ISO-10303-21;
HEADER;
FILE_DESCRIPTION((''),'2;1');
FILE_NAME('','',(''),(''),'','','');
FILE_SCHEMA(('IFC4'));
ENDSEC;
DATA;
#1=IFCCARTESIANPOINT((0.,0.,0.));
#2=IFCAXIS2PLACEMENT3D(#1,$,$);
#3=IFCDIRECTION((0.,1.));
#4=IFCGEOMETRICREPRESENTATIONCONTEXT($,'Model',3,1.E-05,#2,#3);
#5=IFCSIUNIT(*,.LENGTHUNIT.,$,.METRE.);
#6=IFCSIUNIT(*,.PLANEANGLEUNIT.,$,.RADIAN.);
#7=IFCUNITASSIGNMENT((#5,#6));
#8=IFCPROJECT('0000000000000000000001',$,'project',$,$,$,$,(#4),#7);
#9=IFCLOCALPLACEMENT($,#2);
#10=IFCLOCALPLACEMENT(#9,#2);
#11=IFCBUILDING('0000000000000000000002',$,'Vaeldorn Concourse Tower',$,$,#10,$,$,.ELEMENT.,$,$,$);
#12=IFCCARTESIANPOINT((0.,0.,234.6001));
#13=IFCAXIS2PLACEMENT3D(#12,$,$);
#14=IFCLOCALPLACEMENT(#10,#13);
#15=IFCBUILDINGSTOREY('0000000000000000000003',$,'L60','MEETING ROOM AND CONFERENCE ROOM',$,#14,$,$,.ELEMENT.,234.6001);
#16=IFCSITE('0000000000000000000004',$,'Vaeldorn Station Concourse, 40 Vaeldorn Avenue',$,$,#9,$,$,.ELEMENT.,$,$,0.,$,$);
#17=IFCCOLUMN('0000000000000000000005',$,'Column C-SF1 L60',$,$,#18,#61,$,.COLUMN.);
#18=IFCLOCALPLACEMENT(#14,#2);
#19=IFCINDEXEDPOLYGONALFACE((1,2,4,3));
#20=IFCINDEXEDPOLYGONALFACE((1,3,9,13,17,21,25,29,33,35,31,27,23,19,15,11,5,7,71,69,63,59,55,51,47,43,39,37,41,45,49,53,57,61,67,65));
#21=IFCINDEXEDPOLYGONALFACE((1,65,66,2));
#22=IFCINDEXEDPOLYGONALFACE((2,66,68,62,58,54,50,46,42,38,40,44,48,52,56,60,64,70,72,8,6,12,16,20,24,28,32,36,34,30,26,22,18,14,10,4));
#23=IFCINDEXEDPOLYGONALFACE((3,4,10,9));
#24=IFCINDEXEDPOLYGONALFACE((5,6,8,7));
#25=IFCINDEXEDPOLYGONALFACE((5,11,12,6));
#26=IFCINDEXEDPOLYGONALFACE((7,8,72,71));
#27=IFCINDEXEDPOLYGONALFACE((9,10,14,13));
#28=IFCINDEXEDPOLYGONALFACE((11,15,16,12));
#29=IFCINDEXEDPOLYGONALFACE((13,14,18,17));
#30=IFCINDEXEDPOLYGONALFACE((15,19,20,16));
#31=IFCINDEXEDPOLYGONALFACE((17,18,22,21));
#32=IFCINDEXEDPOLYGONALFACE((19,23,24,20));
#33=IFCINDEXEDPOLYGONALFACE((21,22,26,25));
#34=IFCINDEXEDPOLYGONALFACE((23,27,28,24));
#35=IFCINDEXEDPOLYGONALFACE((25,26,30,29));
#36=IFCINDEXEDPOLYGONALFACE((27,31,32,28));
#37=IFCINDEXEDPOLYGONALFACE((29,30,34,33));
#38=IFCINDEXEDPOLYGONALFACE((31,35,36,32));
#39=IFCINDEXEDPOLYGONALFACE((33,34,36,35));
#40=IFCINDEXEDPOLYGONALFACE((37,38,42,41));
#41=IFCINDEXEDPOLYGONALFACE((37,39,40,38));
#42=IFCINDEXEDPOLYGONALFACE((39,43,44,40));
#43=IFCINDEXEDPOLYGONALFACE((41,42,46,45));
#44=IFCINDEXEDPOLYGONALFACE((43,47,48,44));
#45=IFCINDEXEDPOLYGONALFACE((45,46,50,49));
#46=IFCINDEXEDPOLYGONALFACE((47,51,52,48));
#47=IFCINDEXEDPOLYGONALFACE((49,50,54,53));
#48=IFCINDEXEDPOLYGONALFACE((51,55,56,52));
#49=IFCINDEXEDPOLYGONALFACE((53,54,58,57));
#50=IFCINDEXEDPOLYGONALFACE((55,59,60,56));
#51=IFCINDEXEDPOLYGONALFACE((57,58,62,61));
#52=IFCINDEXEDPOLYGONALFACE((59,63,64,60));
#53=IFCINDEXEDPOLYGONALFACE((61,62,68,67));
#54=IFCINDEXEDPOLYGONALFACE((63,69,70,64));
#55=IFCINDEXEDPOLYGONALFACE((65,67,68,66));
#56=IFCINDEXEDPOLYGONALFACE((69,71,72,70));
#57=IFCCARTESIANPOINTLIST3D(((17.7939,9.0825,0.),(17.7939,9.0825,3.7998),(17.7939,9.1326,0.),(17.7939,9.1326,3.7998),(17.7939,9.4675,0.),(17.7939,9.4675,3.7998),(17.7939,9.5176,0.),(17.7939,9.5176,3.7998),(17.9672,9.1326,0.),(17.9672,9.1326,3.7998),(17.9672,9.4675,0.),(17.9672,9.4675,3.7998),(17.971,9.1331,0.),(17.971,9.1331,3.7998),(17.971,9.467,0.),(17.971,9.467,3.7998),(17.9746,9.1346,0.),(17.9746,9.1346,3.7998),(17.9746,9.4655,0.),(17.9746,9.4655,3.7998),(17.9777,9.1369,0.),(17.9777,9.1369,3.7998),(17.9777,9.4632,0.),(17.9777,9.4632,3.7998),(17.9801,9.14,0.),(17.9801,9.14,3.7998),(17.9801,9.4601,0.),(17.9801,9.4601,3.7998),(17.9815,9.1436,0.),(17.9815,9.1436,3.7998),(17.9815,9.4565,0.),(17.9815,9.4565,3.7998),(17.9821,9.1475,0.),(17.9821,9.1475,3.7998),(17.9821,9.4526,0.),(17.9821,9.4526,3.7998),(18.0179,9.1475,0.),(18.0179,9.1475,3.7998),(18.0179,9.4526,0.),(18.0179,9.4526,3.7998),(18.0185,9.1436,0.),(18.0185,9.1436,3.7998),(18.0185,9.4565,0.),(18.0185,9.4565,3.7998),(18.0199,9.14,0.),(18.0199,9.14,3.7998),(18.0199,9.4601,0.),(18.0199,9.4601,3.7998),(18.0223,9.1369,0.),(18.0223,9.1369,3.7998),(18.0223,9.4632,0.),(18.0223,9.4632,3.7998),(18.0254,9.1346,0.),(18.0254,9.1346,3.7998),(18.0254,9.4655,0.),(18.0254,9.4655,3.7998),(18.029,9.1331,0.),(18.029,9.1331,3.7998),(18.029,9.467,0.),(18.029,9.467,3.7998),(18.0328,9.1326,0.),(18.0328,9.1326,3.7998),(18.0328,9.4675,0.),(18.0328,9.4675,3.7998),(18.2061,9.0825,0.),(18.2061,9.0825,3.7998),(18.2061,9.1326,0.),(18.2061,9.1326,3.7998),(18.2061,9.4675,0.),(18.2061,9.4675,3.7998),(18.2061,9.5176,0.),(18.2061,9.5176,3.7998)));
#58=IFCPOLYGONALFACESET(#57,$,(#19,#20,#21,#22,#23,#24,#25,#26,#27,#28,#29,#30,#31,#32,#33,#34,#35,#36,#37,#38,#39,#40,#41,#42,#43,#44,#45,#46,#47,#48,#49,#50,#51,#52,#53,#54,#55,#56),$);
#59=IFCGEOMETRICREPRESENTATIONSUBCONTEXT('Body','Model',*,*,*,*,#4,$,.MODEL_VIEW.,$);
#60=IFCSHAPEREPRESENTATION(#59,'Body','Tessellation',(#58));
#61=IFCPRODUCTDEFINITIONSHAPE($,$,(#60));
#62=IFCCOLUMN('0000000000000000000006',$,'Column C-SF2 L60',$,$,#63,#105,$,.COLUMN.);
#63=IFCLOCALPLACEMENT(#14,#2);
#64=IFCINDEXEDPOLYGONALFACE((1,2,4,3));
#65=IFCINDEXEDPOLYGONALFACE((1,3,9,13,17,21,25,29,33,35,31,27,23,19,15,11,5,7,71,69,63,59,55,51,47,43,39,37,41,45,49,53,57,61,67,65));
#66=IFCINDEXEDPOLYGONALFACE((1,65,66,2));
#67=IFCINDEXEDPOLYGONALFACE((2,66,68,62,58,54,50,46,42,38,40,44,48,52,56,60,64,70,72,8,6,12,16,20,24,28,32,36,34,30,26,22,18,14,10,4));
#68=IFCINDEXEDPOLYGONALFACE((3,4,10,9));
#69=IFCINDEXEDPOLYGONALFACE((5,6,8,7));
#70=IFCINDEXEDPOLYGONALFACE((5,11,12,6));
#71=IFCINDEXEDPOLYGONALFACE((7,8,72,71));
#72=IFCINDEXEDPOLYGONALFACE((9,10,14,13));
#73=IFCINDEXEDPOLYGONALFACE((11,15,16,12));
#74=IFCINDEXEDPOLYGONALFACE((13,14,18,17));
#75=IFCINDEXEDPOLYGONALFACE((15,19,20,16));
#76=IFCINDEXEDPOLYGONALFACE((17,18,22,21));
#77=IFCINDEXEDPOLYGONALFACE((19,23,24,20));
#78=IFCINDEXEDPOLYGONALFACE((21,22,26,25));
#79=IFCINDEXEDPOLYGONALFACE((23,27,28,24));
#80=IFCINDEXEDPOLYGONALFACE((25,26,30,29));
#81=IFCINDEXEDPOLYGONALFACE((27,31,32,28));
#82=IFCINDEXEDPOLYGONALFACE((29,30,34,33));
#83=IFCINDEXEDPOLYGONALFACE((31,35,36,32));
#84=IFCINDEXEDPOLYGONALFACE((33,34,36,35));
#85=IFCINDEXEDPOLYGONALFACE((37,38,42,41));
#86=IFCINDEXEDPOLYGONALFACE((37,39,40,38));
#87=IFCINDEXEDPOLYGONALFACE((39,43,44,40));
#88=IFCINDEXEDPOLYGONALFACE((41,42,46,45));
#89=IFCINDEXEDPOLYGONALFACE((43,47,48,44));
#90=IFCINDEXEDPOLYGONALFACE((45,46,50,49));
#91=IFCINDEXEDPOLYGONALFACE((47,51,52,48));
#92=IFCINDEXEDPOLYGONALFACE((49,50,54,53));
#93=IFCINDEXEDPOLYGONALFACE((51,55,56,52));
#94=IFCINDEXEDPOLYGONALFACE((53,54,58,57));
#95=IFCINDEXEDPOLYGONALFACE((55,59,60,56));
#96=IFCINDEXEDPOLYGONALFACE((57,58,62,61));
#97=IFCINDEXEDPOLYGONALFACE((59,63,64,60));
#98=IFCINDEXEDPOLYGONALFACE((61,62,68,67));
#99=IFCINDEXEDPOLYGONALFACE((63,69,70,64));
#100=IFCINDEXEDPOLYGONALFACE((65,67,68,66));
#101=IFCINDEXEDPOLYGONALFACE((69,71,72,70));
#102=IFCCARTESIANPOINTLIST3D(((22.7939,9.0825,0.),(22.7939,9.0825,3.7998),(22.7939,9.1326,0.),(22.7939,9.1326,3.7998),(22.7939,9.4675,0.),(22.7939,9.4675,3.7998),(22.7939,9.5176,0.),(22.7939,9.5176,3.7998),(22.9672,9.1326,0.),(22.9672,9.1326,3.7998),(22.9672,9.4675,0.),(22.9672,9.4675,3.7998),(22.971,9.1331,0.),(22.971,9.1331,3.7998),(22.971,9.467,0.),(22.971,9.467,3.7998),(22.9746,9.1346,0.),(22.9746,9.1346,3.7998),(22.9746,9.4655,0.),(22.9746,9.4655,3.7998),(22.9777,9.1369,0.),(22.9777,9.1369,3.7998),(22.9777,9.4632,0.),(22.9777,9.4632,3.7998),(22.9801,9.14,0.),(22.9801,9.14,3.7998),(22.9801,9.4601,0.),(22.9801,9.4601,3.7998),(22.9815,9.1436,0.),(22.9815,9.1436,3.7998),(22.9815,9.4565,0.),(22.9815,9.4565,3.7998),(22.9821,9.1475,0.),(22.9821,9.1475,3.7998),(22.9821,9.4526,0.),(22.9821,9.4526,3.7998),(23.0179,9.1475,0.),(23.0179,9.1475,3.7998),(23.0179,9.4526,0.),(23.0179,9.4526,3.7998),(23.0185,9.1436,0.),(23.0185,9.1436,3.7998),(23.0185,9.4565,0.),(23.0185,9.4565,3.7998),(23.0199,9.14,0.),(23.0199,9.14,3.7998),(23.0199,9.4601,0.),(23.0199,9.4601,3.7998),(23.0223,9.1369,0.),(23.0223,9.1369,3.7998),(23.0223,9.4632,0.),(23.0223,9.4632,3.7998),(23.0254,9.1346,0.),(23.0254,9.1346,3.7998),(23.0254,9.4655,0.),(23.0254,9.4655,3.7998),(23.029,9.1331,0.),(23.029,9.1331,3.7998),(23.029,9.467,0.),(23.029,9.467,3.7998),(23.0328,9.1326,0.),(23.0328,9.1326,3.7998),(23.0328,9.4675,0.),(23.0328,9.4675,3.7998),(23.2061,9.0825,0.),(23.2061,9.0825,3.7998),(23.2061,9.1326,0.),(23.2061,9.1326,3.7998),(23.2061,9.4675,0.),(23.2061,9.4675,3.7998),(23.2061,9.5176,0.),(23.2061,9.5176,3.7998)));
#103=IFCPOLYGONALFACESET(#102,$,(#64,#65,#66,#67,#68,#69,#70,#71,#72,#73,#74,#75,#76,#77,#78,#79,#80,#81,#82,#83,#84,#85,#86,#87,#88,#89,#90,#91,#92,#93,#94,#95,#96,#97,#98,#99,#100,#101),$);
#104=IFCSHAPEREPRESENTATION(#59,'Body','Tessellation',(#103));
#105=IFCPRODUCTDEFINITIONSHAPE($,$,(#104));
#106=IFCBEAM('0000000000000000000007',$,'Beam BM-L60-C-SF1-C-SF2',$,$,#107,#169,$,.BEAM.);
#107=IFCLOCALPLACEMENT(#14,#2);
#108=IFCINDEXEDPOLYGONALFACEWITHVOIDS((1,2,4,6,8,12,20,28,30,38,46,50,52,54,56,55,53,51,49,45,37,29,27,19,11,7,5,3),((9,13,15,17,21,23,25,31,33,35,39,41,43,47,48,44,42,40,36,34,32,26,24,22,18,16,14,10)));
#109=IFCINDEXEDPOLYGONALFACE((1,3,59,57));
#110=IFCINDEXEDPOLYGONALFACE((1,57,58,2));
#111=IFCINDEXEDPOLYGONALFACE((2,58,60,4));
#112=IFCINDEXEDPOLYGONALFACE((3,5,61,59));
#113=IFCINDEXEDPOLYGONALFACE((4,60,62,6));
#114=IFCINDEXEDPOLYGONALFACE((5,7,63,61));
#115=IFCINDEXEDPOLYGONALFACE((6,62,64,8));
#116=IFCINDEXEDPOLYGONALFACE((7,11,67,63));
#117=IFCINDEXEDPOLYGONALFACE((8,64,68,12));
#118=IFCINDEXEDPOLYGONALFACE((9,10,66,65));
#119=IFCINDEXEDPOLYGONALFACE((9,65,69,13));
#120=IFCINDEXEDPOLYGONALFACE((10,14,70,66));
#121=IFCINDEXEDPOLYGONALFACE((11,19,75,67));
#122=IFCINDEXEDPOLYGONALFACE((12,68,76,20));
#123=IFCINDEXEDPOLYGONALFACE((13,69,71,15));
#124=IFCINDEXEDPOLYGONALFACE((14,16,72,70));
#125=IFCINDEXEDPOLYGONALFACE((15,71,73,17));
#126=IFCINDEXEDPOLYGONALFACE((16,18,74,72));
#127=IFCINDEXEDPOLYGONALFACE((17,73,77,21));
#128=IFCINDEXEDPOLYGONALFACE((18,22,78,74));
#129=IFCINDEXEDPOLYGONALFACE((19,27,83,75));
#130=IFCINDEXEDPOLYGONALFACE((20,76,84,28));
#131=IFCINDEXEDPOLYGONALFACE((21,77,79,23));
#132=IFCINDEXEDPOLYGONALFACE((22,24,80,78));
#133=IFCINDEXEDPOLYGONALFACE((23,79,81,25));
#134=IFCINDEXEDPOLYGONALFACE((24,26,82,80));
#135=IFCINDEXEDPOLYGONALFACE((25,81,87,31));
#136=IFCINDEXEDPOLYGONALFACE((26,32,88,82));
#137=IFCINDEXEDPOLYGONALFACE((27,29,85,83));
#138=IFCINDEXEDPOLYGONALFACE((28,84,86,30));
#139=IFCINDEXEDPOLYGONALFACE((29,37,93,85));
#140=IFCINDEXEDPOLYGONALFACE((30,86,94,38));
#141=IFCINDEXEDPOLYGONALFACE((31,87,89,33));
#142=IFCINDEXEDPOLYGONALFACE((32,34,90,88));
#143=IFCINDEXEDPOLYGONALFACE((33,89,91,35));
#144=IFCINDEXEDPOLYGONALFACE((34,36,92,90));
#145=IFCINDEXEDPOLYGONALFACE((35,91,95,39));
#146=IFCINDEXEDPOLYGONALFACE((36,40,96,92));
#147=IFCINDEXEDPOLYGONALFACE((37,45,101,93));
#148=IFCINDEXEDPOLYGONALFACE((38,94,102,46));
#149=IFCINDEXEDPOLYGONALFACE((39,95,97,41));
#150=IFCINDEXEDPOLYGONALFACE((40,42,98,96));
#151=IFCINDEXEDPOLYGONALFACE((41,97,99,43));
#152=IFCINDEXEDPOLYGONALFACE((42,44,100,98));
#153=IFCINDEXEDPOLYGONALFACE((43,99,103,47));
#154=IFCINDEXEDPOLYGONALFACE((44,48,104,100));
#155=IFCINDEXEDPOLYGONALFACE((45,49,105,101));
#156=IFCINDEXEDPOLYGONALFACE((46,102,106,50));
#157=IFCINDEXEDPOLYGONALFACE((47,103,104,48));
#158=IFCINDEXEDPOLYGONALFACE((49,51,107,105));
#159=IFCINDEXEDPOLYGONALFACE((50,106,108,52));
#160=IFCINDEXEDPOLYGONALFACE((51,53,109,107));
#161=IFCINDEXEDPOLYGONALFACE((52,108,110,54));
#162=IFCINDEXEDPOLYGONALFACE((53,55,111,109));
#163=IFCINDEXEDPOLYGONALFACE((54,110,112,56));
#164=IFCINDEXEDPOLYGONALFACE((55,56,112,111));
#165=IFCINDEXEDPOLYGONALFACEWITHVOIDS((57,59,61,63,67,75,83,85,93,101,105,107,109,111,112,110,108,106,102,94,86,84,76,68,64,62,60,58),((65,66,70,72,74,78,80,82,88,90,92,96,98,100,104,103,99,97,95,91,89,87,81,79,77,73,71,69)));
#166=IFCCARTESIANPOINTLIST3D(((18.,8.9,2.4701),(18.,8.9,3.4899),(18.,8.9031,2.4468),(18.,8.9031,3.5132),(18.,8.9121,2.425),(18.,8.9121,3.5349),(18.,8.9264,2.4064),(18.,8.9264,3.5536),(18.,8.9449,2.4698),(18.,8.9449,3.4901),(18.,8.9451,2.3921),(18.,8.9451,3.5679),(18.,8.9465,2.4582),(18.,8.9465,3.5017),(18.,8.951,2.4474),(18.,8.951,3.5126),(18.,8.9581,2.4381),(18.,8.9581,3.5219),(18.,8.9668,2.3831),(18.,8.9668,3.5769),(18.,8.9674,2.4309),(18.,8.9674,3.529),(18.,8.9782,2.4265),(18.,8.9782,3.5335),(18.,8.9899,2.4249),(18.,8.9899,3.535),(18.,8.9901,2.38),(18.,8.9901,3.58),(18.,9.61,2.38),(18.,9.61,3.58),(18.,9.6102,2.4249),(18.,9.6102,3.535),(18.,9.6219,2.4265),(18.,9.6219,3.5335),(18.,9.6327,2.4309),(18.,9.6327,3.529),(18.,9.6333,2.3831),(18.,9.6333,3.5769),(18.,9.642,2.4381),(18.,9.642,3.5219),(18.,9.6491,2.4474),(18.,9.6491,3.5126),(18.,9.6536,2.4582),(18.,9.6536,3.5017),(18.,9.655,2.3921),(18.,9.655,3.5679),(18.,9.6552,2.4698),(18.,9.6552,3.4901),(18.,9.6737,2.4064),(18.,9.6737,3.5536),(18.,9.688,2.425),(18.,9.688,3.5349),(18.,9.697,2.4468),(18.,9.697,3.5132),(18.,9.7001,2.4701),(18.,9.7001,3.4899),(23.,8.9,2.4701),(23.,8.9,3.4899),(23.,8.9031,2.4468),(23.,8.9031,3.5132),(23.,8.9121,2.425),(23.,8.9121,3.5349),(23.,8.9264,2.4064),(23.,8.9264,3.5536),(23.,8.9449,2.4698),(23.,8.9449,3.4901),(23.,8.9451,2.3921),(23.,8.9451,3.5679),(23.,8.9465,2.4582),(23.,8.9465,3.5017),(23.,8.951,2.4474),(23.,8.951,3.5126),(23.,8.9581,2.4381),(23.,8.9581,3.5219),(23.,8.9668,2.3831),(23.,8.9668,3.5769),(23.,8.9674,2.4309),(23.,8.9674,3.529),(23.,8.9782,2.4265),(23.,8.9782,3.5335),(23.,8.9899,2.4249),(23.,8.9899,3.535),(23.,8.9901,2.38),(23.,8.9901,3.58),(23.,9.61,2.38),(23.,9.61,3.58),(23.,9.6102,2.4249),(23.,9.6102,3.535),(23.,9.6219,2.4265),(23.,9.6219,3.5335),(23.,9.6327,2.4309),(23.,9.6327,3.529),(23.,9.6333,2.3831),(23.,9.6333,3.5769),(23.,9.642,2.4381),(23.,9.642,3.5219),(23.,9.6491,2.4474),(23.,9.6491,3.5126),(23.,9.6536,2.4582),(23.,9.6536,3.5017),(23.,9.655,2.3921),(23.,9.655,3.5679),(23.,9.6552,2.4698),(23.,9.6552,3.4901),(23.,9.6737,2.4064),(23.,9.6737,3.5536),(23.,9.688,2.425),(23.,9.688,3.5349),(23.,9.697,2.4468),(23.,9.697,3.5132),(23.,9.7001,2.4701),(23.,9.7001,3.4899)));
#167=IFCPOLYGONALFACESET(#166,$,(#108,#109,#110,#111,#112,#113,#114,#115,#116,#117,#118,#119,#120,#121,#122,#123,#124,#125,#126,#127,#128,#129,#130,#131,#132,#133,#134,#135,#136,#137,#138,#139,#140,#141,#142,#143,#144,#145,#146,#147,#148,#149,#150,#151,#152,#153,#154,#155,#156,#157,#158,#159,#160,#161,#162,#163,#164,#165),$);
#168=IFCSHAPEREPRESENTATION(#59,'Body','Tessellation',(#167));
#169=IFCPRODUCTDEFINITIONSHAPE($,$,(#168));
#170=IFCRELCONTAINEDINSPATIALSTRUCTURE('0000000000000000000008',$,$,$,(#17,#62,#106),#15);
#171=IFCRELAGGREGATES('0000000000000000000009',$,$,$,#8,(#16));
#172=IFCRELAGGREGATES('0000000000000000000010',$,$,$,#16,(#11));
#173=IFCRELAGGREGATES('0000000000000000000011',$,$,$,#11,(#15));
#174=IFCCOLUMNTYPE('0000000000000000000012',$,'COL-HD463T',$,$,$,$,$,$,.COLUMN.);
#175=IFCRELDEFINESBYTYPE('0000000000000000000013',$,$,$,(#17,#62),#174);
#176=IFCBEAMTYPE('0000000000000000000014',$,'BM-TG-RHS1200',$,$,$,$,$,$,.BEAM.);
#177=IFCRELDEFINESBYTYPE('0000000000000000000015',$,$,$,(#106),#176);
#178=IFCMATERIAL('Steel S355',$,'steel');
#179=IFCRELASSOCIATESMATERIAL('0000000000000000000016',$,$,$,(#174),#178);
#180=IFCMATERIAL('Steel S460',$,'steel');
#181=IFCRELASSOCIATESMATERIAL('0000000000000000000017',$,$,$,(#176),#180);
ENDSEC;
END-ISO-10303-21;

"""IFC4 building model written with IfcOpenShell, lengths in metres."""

from ifc_helpers import new_model, si_unit, direction, frame, origin, origin_2d, place, context, subcontext, project, spatial, hollow_rectangle, i_section, extrude, source, transform, mapped, material, material_profile, profile_set, type_object, element, save


model = new_model("IFC4")

# Units and contexts
model_context = context("Model", 3, precision=1e-05, world=origin(), true_north=direction((0.0, 1.0)))
body_context = subcontext(model_context, "Body", "Model", "MODEL_VIEW")
ifc_project = project(units=[si_unit("LENGTHUNIT", "METRE"), si_unit("PLANEANGLEUNIT", "RADIAN")], contexts=[model_context])

# Site, building, storey
site_placement = place(None, origin())
site = spatial("IfcSite", under=ifc_project, at=site_placement, Name="Vaeldorn Station Concourse, 40 Vaeldorn Avenue", CompositionType="ELEMENT", RefElevation=0.0)
building_placement = place(site_placement, origin())
building = spatial("IfcBuilding", under=site, at=building_placement, Name="Vaeldorn Concourse Tower", CompositionType="ELEMENT")
storey_placement = place(building_placement, frame((0.0, 0.0, 234.6001)))
storey = spatial("IfcBuildingStorey", under=building, at=storey_placement, Name="L60", Description="MEETING ROOM AND CONFERENCE ROOM", CompositionType="ELEMENT", Elevation=234.6001)

# Columns
ifc_material_1 = material(Name="Steel S355", Category="steel")
ifc_material_profile_1 = material_profile(ifc_material_1, i_section(OverallWidth=0.4121, OverallDepth=0.4351, WebThickness=0.0359, FlangeThickness=0.05, FilletRadius=0.0149, at=origin_2d()), Name="HD 400x463")
ifc_profile_set_1 = profile_set([ifc_material_profile_1], Name="Steel S355")
column_type = type_object("IfcColumnType", Name="COL-HD463T", PredefinedType="COLUMN", material=ifc_profile_set_1)
shared_shape_1 = source(origin(), body_context, "Body", "SweptSolid", [
    extrude(i_section(OverallWidth=0.4121, OverallDepth=0.4351, WebThickness=0.0359, FlangeThickness=0.05, FilletRadius=0.0149, at=origin_2d()), origin(), (0.0, 0.0, 1.0), 3.7998),
])
for number, where, z_axis, x_axis, name in (
    (1, (18.0, 9.3, 0.0), (0.0, 0.0, 1.0), (1.0, 0.0, 0.0), "Column C-SF1 L60"),
    (2, (23.0, 9.3, 0.0), (0.0, 0.0, 1.0), (1.0, 0.0, 0.0), "Column C-SF2 L60"),
):
    element("IfcColumn", number, at=place(storey_placement, frame(where, z_axis=z_axis, x_axis=x_axis)), inside=storey, type_object=column_type, Name=name, PredefinedType="COLUMN", context=body_context, shape_type="MappedRepresentation", body=[
        mapped(shared_shape_1, transform((0.0, 0.0, 0.0), scale=1.0)),
    ])

# Beam
ifc_material_2 = material(Name="Steel S460", Category="steel")
ifc_material_profile_2 = material_profile(ifc_material_2, hollow_rectangle(XDim=0.8, YDim=1.2, WallThickness=0.0449, InnerFilletRadius=0.0449, OuterFilletRadius=0.0901, at=origin_2d()), Name="RHS 1200x800x45")
ifc_profile_set_2 = profile_set([ifc_material_profile_2], Name="Steel S460")
beam_type_1 = type_object("IfcBeamType", Name="BM-TG-RHS1200", PredefinedType="BEAM", material=ifc_profile_set_2)
shared_shape_2 = source(origin(), body_context, "Body", "SweptSolid", [
    extrude(hollow_rectangle(XDim=0.8, YDim=1.2, WallThickness=0.0449, InnerFilletRadius=0.0449, OuterFilletRadius=0.0901, at=origin_2d()), origin(), (0.0, 0.0, 1.0), 5.0),
])
beam_1_placement = place(storey_placement, frame((18.0, 9.3, 2.98), z_axis=(1.0, 0.0, 0.0), x_axis=(0.0, 1.0, 0.0)))
element("IfcBeam", 3, at=beam_1_placement, inside=storey, type_object=beam_type_1, Name="Beam BM-L60-C-SF1-C-SF2", PredefinedType="BEAM", context=body_context, shape_type="MappedRepresentation", body=[
    mapped(shared_shape_2, transform((0.0, 0.0, 0.0), scale=1.0)),
])

save(model, "model.ifc")
